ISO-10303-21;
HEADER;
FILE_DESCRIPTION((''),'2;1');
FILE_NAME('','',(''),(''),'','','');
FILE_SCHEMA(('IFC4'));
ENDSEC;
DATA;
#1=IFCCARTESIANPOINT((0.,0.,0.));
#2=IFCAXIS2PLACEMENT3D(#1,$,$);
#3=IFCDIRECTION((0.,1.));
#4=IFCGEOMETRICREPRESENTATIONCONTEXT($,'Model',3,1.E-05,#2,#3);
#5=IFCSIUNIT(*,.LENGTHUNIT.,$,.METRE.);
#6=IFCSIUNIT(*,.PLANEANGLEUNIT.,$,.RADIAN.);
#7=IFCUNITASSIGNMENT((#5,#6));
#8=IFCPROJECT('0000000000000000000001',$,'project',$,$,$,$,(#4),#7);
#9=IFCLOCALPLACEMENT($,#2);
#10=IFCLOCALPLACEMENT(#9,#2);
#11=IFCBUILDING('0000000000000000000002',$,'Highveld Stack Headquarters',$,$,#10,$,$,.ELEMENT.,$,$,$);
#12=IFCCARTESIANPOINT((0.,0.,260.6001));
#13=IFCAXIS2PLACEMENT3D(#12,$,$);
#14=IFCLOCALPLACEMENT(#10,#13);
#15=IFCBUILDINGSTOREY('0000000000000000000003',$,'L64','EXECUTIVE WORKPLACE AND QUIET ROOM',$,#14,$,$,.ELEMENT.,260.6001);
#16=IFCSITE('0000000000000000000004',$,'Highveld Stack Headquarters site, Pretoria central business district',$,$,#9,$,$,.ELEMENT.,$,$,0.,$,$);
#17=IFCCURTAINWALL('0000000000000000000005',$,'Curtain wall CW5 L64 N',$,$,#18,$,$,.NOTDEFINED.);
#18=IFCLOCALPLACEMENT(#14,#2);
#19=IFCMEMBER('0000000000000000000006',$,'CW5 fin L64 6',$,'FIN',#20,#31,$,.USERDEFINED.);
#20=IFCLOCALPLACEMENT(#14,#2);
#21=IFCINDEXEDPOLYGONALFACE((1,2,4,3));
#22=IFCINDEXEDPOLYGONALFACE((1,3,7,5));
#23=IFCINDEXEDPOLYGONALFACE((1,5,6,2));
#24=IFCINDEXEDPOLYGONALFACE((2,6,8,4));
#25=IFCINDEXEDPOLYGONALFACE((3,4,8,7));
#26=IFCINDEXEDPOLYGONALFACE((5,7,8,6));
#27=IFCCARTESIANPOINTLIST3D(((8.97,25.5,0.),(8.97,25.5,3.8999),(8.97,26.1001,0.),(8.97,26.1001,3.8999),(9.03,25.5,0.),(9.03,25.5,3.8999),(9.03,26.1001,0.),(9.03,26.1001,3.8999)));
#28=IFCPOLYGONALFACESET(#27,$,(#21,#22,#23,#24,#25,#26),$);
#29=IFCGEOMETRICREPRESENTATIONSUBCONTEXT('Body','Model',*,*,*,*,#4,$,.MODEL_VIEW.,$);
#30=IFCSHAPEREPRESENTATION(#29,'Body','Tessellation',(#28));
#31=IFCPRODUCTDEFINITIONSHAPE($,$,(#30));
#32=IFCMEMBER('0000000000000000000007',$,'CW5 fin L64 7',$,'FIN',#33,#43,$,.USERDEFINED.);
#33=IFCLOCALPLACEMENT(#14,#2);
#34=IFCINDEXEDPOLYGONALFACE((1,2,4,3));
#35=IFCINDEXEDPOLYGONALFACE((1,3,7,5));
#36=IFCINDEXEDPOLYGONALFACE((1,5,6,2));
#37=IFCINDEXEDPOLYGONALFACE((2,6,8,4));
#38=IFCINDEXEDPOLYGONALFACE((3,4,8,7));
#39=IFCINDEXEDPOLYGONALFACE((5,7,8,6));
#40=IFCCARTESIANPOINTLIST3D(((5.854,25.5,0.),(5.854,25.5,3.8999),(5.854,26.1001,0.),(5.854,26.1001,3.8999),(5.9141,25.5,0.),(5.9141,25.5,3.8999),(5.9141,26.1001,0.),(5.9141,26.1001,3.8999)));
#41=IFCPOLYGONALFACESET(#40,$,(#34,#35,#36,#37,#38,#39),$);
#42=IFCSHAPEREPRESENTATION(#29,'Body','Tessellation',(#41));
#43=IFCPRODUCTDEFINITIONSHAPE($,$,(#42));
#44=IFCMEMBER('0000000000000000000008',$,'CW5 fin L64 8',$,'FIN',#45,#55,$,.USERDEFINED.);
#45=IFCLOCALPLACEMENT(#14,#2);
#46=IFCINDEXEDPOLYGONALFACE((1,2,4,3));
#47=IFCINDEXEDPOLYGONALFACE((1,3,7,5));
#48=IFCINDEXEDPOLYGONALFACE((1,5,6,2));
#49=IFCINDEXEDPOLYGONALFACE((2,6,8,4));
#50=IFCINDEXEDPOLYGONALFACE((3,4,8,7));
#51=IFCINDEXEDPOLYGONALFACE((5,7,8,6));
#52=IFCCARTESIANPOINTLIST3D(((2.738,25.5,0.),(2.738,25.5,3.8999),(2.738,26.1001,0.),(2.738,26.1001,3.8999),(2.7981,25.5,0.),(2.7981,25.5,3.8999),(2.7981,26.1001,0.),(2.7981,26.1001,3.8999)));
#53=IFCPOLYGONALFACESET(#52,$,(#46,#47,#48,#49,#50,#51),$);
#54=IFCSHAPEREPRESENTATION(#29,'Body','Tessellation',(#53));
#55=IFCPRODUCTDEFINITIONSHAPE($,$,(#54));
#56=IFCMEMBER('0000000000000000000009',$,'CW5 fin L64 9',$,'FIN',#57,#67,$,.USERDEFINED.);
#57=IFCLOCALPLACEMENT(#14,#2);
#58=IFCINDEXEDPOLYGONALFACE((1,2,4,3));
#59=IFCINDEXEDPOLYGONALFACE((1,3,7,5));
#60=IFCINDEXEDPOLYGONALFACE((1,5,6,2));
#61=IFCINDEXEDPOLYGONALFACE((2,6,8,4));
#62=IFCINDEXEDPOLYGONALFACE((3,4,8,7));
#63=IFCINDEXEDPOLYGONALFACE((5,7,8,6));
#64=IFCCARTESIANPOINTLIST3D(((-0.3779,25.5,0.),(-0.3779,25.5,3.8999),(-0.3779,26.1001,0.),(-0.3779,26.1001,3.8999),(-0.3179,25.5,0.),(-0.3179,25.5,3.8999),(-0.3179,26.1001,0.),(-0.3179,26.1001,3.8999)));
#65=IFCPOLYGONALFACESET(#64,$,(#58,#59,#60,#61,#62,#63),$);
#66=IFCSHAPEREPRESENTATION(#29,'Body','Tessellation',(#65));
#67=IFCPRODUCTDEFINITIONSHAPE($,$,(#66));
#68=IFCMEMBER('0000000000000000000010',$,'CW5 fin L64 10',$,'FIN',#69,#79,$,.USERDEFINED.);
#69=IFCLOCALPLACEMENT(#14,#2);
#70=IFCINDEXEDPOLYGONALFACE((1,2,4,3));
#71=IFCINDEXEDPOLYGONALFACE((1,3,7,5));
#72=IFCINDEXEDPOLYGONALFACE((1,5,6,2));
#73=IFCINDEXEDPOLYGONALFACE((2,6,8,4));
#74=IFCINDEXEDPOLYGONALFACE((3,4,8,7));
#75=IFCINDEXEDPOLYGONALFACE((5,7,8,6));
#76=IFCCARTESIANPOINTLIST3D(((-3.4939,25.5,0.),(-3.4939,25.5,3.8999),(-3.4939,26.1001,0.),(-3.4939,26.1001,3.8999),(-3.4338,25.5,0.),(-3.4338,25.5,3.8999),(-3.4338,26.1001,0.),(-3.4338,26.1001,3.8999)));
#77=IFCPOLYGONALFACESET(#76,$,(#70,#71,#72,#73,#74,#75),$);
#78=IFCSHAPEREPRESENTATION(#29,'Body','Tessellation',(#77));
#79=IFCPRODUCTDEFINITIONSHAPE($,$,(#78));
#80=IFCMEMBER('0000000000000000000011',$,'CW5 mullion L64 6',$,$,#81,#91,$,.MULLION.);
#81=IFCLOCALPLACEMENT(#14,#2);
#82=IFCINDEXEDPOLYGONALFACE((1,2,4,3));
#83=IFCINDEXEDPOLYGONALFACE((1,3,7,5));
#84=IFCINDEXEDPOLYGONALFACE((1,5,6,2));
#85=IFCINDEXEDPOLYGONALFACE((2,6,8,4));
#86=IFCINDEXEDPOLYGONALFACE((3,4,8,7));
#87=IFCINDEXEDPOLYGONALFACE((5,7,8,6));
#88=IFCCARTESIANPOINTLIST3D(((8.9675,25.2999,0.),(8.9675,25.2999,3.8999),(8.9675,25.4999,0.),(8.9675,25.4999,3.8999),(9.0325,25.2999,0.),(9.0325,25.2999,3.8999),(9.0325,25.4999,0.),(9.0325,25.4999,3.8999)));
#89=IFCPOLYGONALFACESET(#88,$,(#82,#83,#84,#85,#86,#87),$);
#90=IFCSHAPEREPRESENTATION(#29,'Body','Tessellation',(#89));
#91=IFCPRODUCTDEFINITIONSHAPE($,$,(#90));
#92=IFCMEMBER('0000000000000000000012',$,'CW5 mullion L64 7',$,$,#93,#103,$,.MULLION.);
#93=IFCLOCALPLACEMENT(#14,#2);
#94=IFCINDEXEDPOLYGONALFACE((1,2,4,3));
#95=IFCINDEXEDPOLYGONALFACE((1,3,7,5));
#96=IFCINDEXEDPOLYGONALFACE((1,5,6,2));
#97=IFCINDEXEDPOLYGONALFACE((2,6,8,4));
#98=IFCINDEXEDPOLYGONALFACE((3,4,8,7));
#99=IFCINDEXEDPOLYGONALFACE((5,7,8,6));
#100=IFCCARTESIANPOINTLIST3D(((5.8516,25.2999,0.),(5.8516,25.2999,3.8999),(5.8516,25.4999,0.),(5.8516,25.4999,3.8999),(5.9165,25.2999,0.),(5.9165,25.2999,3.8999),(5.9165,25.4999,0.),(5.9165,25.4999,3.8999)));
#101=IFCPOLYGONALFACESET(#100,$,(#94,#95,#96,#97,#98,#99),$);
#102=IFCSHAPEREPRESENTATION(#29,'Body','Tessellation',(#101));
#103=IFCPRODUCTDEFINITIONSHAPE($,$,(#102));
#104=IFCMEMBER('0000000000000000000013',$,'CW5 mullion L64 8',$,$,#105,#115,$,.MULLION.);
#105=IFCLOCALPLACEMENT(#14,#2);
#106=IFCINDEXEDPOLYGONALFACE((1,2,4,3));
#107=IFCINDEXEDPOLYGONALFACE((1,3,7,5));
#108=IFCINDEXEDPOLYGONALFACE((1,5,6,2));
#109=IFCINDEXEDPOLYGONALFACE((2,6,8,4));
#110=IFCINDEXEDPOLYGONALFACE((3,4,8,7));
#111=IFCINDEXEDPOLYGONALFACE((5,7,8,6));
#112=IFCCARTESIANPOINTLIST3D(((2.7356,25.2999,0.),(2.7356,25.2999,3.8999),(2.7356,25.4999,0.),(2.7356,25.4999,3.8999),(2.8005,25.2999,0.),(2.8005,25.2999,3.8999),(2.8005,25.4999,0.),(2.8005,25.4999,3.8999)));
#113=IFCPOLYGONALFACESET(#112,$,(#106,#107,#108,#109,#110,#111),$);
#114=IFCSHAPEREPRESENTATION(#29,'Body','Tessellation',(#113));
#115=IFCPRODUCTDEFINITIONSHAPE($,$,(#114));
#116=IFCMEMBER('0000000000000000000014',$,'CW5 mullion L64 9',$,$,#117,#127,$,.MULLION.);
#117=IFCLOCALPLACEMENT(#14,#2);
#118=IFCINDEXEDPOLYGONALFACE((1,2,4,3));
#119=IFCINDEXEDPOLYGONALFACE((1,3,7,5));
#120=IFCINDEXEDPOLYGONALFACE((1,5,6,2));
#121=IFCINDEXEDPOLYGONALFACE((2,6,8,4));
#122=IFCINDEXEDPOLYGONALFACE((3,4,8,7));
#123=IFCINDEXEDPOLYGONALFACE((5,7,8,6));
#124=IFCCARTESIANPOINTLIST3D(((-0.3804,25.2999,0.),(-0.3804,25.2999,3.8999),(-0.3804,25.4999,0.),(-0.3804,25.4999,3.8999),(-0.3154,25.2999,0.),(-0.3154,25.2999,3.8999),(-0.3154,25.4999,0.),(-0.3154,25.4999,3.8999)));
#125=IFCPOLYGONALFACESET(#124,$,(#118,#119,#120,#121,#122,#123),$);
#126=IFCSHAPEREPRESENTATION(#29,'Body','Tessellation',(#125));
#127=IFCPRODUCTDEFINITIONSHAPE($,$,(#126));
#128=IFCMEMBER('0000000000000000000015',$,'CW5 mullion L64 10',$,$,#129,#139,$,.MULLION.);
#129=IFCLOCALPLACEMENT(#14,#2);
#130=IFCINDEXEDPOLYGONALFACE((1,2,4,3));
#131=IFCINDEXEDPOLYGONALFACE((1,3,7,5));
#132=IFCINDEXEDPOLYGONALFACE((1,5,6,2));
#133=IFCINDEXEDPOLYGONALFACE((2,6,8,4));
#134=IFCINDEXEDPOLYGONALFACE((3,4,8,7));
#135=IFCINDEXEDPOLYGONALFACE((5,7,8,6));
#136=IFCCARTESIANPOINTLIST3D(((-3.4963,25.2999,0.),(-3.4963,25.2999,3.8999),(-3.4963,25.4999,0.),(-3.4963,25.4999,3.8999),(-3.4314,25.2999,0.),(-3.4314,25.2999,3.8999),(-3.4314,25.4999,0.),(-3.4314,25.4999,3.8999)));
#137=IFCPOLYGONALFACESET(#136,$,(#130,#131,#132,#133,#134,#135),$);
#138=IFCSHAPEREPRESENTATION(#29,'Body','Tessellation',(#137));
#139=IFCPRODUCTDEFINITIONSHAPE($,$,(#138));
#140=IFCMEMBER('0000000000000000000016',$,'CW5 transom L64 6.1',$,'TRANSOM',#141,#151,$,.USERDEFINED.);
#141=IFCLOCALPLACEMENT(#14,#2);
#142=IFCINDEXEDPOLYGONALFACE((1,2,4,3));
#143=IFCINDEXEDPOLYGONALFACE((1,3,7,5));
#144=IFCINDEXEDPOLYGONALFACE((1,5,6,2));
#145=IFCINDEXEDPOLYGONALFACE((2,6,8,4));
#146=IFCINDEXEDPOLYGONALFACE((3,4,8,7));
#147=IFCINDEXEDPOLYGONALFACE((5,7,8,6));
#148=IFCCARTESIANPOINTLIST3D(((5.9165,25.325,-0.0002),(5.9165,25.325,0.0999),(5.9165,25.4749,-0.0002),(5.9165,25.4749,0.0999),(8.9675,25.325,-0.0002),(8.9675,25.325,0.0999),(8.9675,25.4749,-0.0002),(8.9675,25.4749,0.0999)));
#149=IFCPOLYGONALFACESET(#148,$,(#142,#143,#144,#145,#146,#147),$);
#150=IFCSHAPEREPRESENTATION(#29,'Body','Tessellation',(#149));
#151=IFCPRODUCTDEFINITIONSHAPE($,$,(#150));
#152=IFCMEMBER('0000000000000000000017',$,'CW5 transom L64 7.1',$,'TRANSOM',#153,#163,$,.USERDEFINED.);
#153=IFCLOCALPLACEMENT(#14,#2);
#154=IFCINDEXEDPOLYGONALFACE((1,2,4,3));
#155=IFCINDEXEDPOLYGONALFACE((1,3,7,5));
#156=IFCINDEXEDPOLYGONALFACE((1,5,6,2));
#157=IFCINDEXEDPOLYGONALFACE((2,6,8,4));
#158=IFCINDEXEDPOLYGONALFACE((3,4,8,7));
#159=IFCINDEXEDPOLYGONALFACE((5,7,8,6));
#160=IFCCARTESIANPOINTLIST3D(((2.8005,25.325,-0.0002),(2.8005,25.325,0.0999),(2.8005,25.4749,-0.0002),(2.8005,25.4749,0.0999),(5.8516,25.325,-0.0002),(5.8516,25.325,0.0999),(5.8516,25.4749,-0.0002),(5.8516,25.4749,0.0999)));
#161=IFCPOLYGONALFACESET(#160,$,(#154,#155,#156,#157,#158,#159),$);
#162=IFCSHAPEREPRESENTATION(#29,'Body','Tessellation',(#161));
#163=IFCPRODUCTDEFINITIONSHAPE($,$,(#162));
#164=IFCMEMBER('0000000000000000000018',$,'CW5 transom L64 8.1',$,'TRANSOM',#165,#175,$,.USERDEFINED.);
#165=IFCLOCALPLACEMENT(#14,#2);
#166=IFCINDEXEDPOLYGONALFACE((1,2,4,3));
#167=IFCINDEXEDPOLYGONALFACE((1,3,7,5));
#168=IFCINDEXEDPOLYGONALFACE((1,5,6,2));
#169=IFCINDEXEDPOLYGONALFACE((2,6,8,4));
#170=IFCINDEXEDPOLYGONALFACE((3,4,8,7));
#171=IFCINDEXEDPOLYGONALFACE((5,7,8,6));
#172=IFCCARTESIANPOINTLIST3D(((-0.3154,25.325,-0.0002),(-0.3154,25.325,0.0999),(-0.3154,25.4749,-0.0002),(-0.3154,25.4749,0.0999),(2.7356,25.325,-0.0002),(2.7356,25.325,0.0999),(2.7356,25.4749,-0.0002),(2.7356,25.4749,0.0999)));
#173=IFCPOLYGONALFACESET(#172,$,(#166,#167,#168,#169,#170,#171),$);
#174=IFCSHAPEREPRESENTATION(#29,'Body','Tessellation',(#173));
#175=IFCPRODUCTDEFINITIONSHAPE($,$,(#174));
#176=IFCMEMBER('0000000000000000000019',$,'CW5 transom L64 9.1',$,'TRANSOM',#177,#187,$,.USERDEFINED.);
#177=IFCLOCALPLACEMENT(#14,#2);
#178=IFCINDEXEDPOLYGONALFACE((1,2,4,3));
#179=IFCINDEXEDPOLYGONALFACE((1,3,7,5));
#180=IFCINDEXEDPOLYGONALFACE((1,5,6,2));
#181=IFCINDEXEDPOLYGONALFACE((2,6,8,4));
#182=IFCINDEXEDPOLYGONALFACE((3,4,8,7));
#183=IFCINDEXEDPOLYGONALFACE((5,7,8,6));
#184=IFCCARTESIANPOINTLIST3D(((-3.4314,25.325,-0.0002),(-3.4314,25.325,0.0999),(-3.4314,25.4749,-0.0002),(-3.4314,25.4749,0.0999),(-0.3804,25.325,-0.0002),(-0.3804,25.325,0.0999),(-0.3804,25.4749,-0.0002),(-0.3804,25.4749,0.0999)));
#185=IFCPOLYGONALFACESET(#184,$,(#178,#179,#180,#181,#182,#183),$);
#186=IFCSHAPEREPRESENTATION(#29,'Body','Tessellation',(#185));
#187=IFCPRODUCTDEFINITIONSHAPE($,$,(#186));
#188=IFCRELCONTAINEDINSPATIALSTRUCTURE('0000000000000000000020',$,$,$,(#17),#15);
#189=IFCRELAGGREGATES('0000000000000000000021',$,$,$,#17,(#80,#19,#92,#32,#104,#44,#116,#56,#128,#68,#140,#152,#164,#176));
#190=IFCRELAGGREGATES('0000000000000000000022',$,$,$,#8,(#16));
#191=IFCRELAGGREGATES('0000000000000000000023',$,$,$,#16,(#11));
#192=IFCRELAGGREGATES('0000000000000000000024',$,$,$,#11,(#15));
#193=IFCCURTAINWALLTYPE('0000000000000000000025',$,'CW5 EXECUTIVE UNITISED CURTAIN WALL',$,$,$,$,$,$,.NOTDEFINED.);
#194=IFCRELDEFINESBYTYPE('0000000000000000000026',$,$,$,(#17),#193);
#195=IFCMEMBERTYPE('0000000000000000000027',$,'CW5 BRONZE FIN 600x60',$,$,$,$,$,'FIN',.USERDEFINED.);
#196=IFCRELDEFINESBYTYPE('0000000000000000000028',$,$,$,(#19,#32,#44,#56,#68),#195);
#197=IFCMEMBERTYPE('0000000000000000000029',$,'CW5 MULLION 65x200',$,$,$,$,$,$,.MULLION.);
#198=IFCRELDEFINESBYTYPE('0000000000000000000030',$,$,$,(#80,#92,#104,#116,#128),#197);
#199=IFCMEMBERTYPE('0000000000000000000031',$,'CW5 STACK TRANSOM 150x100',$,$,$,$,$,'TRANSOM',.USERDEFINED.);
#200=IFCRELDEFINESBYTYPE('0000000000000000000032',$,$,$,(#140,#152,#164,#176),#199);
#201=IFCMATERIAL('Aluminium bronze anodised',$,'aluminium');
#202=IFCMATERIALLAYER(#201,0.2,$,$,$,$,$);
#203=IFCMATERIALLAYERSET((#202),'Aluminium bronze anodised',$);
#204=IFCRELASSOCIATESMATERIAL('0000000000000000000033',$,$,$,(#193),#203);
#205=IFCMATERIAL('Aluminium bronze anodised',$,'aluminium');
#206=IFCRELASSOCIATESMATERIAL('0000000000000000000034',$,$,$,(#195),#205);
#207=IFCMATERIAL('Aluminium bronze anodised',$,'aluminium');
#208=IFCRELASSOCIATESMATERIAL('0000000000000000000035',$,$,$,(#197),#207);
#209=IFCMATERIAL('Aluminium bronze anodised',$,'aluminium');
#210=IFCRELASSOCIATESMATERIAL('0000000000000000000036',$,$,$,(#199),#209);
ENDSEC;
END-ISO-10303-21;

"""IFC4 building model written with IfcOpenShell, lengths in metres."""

from ifc_helpers import new_model, si_unit, direction, frame, origin, origin_2d, place, context, subcontext, project, spatial, rectangle, extrude, material, layer, layer_set, material_profile, profile_set, type_object, element, aggregate, save


model = new_model("IFC4")

# Units and contexts
model_context = context("Model", 3, precision=1e-05, world=origin(), true_north=direction((0.0, 1.0)))
body_context = subcontext(model_context, "Body", "Model", "MODEL_VIEW")
ifc_project = project(units=[si_unit("LENGTHUNIT", "METRE"), si_unit("PLANEANGLEUNIT", "RADIAN")], contexts=[model_context])

# Site, building, storey
site_placement = place(None, origin())
site = spatial("IfcSite", under=ifc_project, at=site_placement, Name="Highveld Stack Headquarters site, Pretoria central business district", CompositionType="ELEMENT", RefElevation=0.0)
building_placement = place(site_placement, origin())
building = spatial("IfcBuilding", under=site, at=building_placement, Name="Highveld Stack Headquarters", CompositionType="ELEMENT")
storey_placement = place(building_placement, frame((0.0, 0.0, 260.6001)))
storey = spatial("IfcBuildingStorey", under=building, at=storey_placement, Name="L64", Description="EXECUTIVE WORKPLACE AND QUIET ROOM", CompositionType="ELEMENT", Elevation=260.6001)

# Curtain wall, members
ifc_material_1 = material(Name="Aluminium bronze anodised", Category="aluminium")
ifc_layer_1 = layer(ifc_material_1, 0.2)
ifc_layer_set_1 = layer_set([ifc_layer_1], Name="Aluminium bronze anodised")
curtain_wall_type = type_object("IfcCurtainWallType", Name="CW5 EXECUTIVE UNITISED CURTAIN WALL", PredefinedType="NOTDEFINED", material=ifc_layer_set_1)
curtain_wall_placement = place(storey_placement, origin())
curtain_wall = element("IfcCurtainWall", 1, at=curtain_wall_placement, inside=storey, type_object=curtain_wall_type, Name="Curtain wall CW5 L64 N", PredefinedType="NOTDEFINED")
ifc_material_2 = material(Name="Aluminium bronze anodised", Category="aluminium")
ifc_material_profile_1 = material_profile(ifc_material_2, rectangle(XDim=0.6001, YDim=0.0601, at=origin_2d()), Name="FIN 600x60")
ifc_profile_set_1 = profile_set([ifc_material_profile_1], Name="Aluminium bronze anodised")
member_type_1 = type_object("IfcMemberType", Name="CW5 BRONZE FIN 600x60", ElementType="FIN", PredefinedType="USERDEFINED", material=ifc_profile_set_1)
member_1_placement = place(storey_placement, frame((9.0, 25.8, 0.0), z_axis=(0.0, 0.0, 1.0), x_axis=(0.0, -1.0, 0.0)))
member_1 = element("IfcMember", 2, at=member_1_placement, type_object=member_type_1, Name="CW5 fin L64 6", ObjectType="FIN", PredefinedType="USERDEFINED", context=body_context, shape_type="SweptSolid", body=[
    extrude(rectangle(XDim=0.6001, YDim=0.0601, at=origin_2d()), origin(), (0.0, 0.0, 1.0), 3.8999),
])
member_2_placement = place(storey_placement, frame((5.884, 25.8, 0.0), z_axis=(0.0, 0.0, 1.0), x_axis=(0.0, -1.0, 0.0)))
member_2 = element("IfcMember", 3, at=member_2_placement, type_object=member_type_1, Name="CW5 fin L64 7", ObjectType="FIN", PredefinedType="USERDEFINED", context=body_context, shape_type="SweptSolid", body=[
    extrude(rectangle(XDim=0.6001, YDim=0.0601, at=origin_2d()), origin(), (0.0, 0.0, 1.0), 3.8999),
])
member_3_placement = place(storey_placement, frame((2.7681, 25.8, 0.0), z_axis=(0.0, 0.0, 1.0), x_axis=(0.0, -1.0, 0.0)))
member_3 = element("IfcMember", 4, at=member_3_placement, type_object=member_type_1, Name="CW5 fin L64 8", ObjectType="FIN", PredefinedType="USERDEFINED", context=body_context, shape_type="SweptSolid", body=[
    extrude(rectangle(XDim=0.6001, YDim=0.0601, at=origin_2d()), origin(), (0.0, 0.0, 1.0), 3.8999),
])
member_4_placement = place(storey_placement, frame((-0.3479, 25.8, 0.0), z_axis=(0.0, 0.0, 1.0), x_axis=(0.0, -1.0, 0.0)))
member_4 = element("IfcMember", 5, at=member_4_placement, type_object=member_type_1, Name="CW5 fin L64 9", ObjectType="FIN", PredefinedType="USERDEFINED", context=body_context, shape_type="SweptSolid", body=[
    extrude(rectangle(XDim=0.6001, YDim=0.0601, at=origin_2d()), origin(), (0.0, 0.0, 1.0), 3.8999),
])
member_5_placement = place(storey_placement, frame((-3.4639, 25.8, 0.0), z_axis=(0.0, 0.0, 1.0), x_axis=(0.0, -1.0, 0.0)))
member_5 = element("IfcMember", 6, at=member_5_placement, type_object=member_type_1, Name="CW5 fin L64 10", ObjectType="FIN", PredefinedType="USERDEFINED", context=body_context, shape_type="SweptSolid", body=[
    extrude(rectangle(XDim=0.6001, YDim=0.0601, at=origin_2d()), origin(), (0.0, 0.0, 1.0), 3.8999),
])
ifc_material_3 = material(Name="Aluminium bronze anodised", Category="aluminium")
ifc_material_profile_2 = material_profile(ifc_material_3, rectangle(XDim=0.2, YDim=0.0649, at=origin_2d()), Name="CW5 MULLION 65x200")
ifc_profile_set_2 = profile_set([ifc_material_profile_2], Name="Aluminium bronze anodised")
member_type_2 = type_object("IfcMemberType", Name="CW5 MULLION 65x200", PredefinedType="MULLION", material=ifc_profile_set_2)
member_6_placement = place(storey_placement, frame((9.0, 25.3999, 0.0), z_axis=(0.0, 0.0, 1.0), x_axis=(0.0, -1.0, 0.0)))
member_6 = element("IfcMember", 7, at=member_6_placement, type_object=member_type_2, Name="CW5 mullion L64 6", PredefinedType="MULLION", context=body_context, shape_type="SweptSolid", body=[
    extrude(rectangle(XDim=0.2, YDim=0.0649, at=origin_2d()), origin(), (0.0, 0.0, 1.0), 3.8999),
])
member_7_placement = place(storey_placement, frame((5.884, 25.3999, 0.0), z_axis=(0.0, 0.0, 1.0), x_axis=(0.0, -1.0, 0.0)))
member_7 = element("IfcMember", 8, at=member_7_placement, type_object=member_type_2, Name="CW5 mullion L64 7", PredefinedType="MULLION", context=body_context, shape_type="SweptSolid", body=[
    extrude(rectangle(XDim=0.2, YDim=0.0649, at=origin_2d()), origin(), (0.0, 0.0, 1.0), 3.8999),
])
member_8_placement = place(storey_placement, frame((2.7681, 25.3999, 0.0), z_axis=(0.0, 0.0, 1.0), x_axis=(0.0, -1.0, 0.0)))
member_8 = element("IfcMember", 9, at=member_8_placement, type_object=member_type_2, Name="CW5 mullion L64 8", PredefinedType="MULLION", context=body_context, shape_type="SweptSolid", body=[
    extrude(rectangle(XDim=0.2, YDim=0.0649, at=origin_2d()), origin(), (0.0, 0.0, 1.0), 3.8999),
])
member_9_placement = place(storey_placement, frame((-0.3479, 25.3999, 0.0), z_axis=(0.0, 0.0, 1.0), x_axis=(0.0, -1.0, 0.0)))
member_9 = element("IfcMember", 10, at=member_9_placement, type_object=member_type_2, Name="CW5 mullion L64 9", PredefinedType="MULLION", context=body_context, shape_type="SweptSolid", body=[
    extrude(rectangle(XDim=0.2, YDim=0.0649, at=origin_2d()), origin(), (0.0, 0.0, 1.0), 3.8999),
])
member_10_placement = place(storey_placement, frame((-3.4639, 25.3999, 0.0), z_axis=(0.0, 0.0, 1.0), x_axis=(0.0, -1.0, 0.0)))
member_10 = element("IfcMember", 11, at=member_10_placement, type_object=member_type_2, Name="CW5 mullion L64 10", PredefinedType="MULLION", context=body_context, shape_type="SweptSolid", body=[
    extrude(rectangle(XDim=0.2, YDim=0.0649, at=origin_2d()), origin(), (0.0, 0.0, 1.0), 3.8999),
])
ifc_material_4 = material(Name="Aluminium bronze anodised", Category="aluminium")
ifc_material_profile_3 = material_profile(ifc_material_4, rectangle(XDim=0.1499, YDim=0.1001, at=origin_2d()), Name="CW5 TRANSOM 150x100")
ifc_profile_set_3 = profile_set([ifc_material_profile_3], Name="Aluminium bronze anodised")
member_type_3 = type_object("IfcMemberType", Name="CW5 STACK TRANSOM 150x100", ElementType="TRANSOM", PredefinedType="USERDEFINED", material=ifc_profile_set_3)
member_11_placement = place(storey_placement, frame((8.9675, 25.3999, 0.0498), z_axis=(-1.0, 0.0, 0.0), x_axis=(0.0, -1.0, 0.0)))
member_11 = element("IfcMember", 12, at=member_11_placement, type_object=member_type_3, Name="CW5 transom L64 6.1", ObjectType="TRANSOM", PredefinedType="USERDEFINED", context=body_context, shape_type="SweptSolid", body=[
    extrude(rectangle(XDim=0.1499, YDim=0.1001, at=origin_2d()), origin(), (0.0, 0.0, 1.0), 3.051),
])
member_12_placement = place(storey_placement, frame((5.8516, 25.3999, 0.0498), z_axis=(-1.0, 0.0, 0.0), x_axis=(0.0, -1.0, 0.0)))
member_12 = element("IfcMember", 13, at=member_12_placement, type_object=member_type_3, Name="CW5 transom L64 7.1", ObjectType="TRANSOM", PredefinedType="USERDEFINED", context=body_context, shape_type="SweptSolid", body=[
    extrude(rectangle(XDim=0.1499, YDim=0.1001, at=origin_2d()), origin(), (0.0, 0.0, 1.0), 3.051),
])
member_13_placement = place(storey_placement, frame((2.7356, 25.3999, 0.0498), z_axis=(-1.0, 0.0, 0.0), x_axis=(0.0, -1.0, 0.0)))
member_13 = element("IfcMember", 14, at=member_13_placement, type_object=member_type_3, Name="CW5 transom L64 8.1", ObjectType="TRANSOM", PredefinedType="USERDEFINED", context=body_context, shape_type="SweptSolid", body=[
    extrude(rectangle(XDim=0.1499, YDim=0.1001, at=origin_2d()), origin(), (0.0, 0.0, 1.0), 3.051),
])
member_14_placement = place(storey_placement, frame((-0.3804, 25.3999, 0.0498), z_axis=(-1.0, 0.0, 0.0), x_axis=(0.0, -1.0, 0.0)))
member_14 = element("IfcMember", 15, at=member_14_placement, type_object=member_type_3, Name="CW5 transom L64 9.1", ObjectType="TRANSOM", PredefinedType="USERDEFINED", context=body_context, shape_type="SweptSolid", body=[
    extrude(rectangle(XDim=0.1499, YDim=0.1001, at=origin_2d()), origin(), (0.0, 0.0, 1.0), 3.051),
])
aggregate(curtain_wall, [member_6, member_1, member_7, member_2, member_8, member_3, member_9, member_4, member_10, member_5, member_11, member_12, member_13, member_14])

save(model, "model.ifc")
